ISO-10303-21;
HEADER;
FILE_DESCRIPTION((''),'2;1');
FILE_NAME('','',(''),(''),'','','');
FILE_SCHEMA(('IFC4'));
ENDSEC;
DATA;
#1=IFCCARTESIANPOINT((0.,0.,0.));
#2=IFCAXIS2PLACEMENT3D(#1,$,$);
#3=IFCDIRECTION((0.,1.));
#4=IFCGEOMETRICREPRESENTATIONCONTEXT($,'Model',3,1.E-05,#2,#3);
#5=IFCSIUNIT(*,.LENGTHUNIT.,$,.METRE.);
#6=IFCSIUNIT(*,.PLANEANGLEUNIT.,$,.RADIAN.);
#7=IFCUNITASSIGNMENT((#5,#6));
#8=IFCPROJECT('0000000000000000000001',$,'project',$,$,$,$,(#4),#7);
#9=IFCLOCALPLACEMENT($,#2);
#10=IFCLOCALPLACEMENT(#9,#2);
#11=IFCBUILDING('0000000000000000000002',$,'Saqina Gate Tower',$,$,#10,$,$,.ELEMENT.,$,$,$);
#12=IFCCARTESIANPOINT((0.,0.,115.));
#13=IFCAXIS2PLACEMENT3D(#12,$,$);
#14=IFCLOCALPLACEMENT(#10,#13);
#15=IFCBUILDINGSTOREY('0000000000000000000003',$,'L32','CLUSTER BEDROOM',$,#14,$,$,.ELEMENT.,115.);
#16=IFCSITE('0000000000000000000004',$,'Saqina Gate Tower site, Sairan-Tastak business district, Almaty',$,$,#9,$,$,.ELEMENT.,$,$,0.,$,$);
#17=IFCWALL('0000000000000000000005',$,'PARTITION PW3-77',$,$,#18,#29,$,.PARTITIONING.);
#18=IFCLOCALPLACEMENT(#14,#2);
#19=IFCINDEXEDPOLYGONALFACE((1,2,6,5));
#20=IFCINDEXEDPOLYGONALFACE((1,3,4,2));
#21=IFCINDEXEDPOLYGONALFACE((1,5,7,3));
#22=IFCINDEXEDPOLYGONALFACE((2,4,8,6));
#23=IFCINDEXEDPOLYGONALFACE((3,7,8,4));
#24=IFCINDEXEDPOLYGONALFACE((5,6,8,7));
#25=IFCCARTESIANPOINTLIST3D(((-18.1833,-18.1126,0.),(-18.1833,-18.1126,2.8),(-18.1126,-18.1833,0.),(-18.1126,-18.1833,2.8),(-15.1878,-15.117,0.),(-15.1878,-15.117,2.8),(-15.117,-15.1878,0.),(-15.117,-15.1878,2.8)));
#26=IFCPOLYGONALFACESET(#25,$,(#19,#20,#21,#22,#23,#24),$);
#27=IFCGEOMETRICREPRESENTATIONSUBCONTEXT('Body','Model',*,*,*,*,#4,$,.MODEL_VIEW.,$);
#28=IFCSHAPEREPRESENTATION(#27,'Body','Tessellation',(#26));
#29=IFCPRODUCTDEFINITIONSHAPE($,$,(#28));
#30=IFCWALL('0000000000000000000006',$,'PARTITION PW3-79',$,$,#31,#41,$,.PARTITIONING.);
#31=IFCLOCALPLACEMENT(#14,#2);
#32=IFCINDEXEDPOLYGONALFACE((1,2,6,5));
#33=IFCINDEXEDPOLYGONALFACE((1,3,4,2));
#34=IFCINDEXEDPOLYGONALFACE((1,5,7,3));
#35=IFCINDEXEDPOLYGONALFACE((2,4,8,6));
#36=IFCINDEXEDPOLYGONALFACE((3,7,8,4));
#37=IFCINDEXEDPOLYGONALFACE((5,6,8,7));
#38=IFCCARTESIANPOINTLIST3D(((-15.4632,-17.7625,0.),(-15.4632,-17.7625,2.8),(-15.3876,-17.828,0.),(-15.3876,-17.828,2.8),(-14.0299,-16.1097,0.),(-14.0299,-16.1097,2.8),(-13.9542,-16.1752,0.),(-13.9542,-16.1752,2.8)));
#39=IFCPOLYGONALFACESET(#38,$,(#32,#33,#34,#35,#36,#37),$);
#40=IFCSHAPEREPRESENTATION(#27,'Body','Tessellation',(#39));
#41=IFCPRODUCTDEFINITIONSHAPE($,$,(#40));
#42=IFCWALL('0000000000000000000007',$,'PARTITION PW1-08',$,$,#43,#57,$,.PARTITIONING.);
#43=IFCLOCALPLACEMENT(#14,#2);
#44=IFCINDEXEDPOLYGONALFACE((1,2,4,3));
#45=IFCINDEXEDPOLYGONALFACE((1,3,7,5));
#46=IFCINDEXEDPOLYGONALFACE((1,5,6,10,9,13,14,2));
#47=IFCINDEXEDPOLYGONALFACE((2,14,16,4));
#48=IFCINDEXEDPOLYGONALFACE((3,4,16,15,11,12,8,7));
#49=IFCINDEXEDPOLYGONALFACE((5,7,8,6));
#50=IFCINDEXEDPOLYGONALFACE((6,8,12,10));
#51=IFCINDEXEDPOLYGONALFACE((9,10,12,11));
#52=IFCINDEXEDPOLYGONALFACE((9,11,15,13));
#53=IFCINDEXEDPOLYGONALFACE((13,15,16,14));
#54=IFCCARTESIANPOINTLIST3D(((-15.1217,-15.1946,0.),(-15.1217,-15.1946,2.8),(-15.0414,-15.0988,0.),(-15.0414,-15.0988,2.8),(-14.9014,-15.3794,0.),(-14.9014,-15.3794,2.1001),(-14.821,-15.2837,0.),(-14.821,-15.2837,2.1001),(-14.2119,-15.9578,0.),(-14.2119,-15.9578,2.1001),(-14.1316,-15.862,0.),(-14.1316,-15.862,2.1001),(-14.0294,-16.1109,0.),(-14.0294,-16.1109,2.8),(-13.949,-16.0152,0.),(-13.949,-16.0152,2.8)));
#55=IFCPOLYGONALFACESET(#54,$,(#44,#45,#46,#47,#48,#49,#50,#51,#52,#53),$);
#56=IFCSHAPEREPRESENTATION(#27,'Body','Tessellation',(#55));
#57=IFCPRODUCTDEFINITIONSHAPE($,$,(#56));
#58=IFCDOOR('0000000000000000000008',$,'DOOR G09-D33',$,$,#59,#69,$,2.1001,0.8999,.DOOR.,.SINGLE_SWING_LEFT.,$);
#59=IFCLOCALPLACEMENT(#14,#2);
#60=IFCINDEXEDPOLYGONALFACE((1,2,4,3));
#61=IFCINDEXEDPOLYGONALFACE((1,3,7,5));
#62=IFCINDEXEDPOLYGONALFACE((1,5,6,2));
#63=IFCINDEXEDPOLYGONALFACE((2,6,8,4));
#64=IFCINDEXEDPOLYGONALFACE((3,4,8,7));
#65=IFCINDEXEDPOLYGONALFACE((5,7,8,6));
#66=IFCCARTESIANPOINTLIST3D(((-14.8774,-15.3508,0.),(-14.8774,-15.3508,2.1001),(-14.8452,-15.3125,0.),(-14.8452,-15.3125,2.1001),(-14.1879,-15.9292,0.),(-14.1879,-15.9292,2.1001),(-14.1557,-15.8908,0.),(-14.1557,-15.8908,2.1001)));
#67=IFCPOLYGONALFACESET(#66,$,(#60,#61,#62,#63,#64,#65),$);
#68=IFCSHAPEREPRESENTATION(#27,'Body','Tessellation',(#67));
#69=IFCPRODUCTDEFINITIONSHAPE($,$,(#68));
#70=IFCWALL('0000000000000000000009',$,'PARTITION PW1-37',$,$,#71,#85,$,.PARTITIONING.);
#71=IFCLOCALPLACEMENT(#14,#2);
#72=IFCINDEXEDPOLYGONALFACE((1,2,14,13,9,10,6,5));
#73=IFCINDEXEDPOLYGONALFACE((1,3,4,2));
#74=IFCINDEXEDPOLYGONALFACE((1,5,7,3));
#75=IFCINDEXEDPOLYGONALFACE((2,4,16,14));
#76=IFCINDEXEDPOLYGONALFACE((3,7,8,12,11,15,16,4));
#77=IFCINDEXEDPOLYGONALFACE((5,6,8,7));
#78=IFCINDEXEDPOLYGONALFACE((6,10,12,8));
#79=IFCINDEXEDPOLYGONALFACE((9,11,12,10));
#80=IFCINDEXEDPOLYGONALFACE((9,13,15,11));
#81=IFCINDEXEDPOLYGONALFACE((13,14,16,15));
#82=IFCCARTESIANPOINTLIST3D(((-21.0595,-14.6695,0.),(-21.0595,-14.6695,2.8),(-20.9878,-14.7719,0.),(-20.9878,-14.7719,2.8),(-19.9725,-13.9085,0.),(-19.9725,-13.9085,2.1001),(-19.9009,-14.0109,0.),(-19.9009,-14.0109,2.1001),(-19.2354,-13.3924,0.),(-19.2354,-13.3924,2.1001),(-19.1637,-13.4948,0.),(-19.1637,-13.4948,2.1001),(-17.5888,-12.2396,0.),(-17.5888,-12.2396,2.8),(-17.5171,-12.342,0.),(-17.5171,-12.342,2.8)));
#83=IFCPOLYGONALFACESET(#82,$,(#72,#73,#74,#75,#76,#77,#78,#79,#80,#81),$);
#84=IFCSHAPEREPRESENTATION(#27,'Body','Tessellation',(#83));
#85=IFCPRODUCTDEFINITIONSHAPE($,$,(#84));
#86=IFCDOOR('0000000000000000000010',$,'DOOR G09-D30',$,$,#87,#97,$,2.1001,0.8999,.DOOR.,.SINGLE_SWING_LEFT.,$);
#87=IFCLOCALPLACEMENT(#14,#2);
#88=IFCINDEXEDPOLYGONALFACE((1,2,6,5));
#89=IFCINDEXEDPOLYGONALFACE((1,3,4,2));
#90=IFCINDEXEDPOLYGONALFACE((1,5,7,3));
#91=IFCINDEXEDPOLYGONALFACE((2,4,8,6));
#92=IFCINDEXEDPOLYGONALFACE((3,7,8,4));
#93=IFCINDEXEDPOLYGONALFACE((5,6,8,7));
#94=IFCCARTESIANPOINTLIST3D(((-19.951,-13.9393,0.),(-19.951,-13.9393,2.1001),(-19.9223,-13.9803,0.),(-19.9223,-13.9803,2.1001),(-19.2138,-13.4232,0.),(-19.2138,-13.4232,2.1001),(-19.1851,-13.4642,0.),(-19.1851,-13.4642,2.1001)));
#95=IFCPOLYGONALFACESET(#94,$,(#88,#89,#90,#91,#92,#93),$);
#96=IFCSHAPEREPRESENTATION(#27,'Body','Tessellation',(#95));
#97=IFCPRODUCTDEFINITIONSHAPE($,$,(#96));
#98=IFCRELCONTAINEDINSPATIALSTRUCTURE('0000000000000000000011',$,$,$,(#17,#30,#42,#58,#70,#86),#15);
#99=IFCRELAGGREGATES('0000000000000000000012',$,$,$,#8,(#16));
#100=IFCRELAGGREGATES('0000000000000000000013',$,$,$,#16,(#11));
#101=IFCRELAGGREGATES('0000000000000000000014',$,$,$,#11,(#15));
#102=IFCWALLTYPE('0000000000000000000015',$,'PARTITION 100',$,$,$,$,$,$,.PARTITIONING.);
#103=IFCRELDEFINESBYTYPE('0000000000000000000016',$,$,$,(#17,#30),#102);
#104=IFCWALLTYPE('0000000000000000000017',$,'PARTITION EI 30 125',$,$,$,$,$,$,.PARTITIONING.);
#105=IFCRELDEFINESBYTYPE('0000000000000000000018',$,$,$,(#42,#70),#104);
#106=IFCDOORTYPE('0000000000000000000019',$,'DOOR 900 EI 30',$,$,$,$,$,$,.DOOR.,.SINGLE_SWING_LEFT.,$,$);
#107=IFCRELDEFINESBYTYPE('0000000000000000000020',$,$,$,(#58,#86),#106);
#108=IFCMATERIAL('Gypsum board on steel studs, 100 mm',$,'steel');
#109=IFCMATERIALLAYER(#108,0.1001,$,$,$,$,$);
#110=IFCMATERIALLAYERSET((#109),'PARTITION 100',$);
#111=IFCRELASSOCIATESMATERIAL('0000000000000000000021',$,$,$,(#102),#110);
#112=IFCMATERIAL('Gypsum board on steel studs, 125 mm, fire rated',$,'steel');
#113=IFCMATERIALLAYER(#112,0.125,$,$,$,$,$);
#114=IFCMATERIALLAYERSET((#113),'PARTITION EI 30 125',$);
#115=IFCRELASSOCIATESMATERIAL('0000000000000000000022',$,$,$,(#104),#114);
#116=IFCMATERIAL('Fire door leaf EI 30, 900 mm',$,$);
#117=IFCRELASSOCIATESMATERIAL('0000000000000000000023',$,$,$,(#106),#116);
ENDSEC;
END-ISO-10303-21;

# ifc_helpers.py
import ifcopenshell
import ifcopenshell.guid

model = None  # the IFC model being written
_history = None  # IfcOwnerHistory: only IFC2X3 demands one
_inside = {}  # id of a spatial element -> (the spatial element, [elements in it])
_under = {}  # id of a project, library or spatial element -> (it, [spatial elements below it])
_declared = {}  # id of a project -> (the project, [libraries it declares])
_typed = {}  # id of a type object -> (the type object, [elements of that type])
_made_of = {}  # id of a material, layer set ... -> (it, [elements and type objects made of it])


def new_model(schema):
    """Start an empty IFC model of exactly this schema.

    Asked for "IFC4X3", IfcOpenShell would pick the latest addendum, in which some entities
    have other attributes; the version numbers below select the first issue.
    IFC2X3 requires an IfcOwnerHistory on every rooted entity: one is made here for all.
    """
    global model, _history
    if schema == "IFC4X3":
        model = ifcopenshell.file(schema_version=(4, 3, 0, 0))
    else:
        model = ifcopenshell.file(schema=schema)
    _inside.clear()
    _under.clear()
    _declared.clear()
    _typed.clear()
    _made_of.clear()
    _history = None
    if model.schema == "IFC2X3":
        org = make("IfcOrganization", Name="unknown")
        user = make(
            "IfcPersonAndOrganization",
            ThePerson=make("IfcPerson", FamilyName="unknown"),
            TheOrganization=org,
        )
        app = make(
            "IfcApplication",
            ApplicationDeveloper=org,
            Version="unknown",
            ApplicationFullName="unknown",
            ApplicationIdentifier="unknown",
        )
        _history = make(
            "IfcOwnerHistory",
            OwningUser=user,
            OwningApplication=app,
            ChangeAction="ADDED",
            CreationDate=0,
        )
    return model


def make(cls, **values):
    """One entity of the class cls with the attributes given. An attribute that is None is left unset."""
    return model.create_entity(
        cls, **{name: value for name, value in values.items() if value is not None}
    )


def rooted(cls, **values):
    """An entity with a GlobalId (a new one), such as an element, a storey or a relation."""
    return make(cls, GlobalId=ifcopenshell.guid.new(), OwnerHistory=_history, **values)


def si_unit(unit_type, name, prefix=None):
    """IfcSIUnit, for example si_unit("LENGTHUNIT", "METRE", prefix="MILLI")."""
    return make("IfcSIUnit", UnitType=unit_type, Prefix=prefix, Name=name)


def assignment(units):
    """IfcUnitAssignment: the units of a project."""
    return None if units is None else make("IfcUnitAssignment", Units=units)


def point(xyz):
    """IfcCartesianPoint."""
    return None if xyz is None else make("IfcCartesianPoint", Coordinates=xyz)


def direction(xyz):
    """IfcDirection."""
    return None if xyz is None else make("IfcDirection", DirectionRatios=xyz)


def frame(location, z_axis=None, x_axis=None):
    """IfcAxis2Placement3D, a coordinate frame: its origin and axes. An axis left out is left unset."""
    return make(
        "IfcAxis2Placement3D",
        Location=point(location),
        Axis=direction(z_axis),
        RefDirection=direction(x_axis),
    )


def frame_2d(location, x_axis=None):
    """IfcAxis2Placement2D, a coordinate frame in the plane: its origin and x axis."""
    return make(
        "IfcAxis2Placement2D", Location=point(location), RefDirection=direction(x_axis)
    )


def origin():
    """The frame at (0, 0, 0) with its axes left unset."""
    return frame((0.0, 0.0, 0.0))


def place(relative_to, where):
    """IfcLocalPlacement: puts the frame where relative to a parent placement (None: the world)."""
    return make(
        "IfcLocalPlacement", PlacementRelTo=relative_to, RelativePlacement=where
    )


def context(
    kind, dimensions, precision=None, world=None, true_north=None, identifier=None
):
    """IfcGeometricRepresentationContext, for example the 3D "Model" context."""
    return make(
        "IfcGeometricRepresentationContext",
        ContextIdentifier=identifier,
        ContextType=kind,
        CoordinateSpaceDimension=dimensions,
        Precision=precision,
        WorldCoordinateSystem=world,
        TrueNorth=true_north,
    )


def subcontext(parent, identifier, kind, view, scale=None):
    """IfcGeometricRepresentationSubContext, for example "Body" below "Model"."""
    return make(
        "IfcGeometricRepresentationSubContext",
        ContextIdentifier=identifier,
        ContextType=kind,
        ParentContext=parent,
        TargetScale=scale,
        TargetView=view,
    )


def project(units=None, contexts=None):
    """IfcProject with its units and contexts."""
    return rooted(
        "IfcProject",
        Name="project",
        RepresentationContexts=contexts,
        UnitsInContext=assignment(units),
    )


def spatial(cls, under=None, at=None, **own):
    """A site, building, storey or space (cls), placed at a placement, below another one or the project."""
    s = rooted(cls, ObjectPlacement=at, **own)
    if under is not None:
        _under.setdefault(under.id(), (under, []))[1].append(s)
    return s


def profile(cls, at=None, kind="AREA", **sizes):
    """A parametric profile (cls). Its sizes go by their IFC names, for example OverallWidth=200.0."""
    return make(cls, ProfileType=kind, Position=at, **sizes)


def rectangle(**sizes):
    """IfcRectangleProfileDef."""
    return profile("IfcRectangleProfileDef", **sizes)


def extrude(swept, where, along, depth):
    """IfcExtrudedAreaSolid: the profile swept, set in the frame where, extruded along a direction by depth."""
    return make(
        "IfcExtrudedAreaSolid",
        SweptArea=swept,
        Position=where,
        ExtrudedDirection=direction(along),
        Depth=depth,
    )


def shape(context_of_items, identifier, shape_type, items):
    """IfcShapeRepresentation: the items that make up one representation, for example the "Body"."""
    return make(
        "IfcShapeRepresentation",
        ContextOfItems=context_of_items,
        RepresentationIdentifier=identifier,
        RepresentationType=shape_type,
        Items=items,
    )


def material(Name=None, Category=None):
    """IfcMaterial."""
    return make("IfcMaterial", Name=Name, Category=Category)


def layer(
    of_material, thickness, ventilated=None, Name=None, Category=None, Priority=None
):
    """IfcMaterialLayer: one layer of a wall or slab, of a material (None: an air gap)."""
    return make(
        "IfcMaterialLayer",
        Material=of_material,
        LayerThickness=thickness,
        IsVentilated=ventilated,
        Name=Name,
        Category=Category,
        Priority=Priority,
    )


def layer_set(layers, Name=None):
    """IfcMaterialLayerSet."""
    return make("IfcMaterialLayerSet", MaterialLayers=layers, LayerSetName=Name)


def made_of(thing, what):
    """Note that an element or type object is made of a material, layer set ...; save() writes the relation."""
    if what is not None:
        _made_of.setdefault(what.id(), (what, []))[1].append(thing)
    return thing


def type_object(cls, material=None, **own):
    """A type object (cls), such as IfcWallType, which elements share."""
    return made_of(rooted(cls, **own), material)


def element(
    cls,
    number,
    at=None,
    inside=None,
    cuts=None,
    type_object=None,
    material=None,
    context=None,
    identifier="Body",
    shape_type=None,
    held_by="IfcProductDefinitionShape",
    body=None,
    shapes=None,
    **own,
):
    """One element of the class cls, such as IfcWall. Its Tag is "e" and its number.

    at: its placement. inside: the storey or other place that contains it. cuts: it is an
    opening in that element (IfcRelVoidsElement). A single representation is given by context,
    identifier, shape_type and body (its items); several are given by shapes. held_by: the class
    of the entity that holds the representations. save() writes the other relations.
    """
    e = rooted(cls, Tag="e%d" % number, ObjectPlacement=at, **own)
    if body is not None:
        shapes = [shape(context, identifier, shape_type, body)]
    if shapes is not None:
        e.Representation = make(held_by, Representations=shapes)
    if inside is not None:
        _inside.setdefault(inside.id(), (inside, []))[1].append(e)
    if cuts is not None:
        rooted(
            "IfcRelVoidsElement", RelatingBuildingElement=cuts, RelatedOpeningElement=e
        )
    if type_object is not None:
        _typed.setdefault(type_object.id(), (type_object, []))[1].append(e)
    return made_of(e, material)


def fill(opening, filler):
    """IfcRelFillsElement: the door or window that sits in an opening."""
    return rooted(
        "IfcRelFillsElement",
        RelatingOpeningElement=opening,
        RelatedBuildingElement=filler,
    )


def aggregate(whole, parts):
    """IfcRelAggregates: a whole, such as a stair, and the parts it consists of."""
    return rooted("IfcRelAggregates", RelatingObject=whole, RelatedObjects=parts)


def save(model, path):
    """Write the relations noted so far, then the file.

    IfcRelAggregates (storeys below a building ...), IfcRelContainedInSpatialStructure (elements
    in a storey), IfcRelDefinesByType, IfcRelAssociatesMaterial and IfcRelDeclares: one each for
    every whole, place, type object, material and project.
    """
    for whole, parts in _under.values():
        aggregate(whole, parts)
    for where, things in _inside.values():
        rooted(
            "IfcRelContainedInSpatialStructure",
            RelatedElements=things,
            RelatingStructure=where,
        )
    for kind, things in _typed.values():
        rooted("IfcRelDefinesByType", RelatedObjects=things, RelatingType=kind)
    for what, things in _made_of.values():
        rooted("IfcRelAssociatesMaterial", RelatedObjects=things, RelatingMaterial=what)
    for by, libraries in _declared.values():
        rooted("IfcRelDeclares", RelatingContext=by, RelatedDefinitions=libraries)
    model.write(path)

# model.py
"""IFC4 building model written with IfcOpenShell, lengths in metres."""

from ifc_helpers import new_model, si_unit, direction, frame, frame_2d, origin, place, context, subcontext, project, spatial, rectangle, extrude, material, layer, layer_set, type_object, element, fill, save


model = new_model("IFC4")

# Units and contexts
model_context = context("Model", 3, precision=1e-05, world=origin(), true_north=direction((0.0, 1.0)))
body_context = subcontext(model_context, "Body", "Model", "MODEL_VIEW")
ifc_project = project(units=[si_unit("LENGTHUNIT", "METRE"), si_unit("PLANEANGLEUNIT", "RADIAN")], contexts=[model_context])

# Site, building, storey
site_placement = place(None, origin())
site = spatial("IfcSite", under=ifc_project, at=site_placement, Name="Saqina Gate Tower site, Sairan-Tastak business district, Almaty", CompositionType="ELEMENT", RefElevation=0.0)
building_placement = place(site_placement, origin())
building = spatial("IfcBuilding", under=site, at=building_placement, Name="Saqina Gate Tower", CompositionType="ELEMENT")
storey_placement = place(building_placement, frame((0.0, 0.0, 115.0)))
storey = spatial("IfcBuildingStorey", under=building, at=storey_placement, Name="L32", Description="CLUSTER BEDROOM", CompositionType="ELEMENT", Elevation=115.0)

# Shared definitions
ifc_material_1 = material(Name="Gypsum board on steel studs, 100 mm", Category="steel")
ifc_layer_1 = layer(ifc_material_1, 0.1001)
ifc_layer_set_1 = layer_set([ifc_layer_1], Name="PARTITION 100")
wall_type_1 = type_object("IfcWallType", Name="PARTITION 100", PredefinedType="PARTITIONING", material=ifc_layer_set_1)

# Walls
wall_1_placement = place(storey_placement, frame((-18.1479, -18.1479, 0.0), z_axis=(0.0, 0.0, 1.0), x_axis=(0.707107, 0.707107, 0.0)))
element("IfcWall", 1, at=wall_1_placement, inside=storey, type_object=wall_type_1, Name="PARTITION PW3-77", PredefinedType="PARTITIONING", context=body_context, shape_type="SweptSolid", body=[
    extrude(rectangle(XDim=4.2363, YDim=0.1001, at=frame_2d((2.1182, 0.0))), origin(), (0.0, 0.0, 1.0), 2.8),
])
wall_2_placement = place(storey_placement, frame((-15.4253, -17.7952, 0.0), z_axis=(0.0, 0.0, 1.0), x_axis=(0.655164, 0.755487, 0.0)))
element("IfcWall", 2, at=wall_2_placement, inside=storey, type_object=wall_type_1, Name="PARTITION PW3-79", PredefinedType="PARTITIONING", context=body_context, shape_type="SweptSolid", body=[
    extrude(rectangle(XDim=2.1877, YDim=0.1001, at=frame_2d((1.0938, 0.0))), origin(), (0.0, 0.0, 1.0), 2.8),
])

# Walls, openings, doors
ifc_material_2 = material(Name="Gypsum board on steel studs, 125 mm, fire rated", Category="steel")
ifc_layer_2 = layer(ifc_material_2, 0.125)
ifc_layer_set_2 = layer_set([ifc_layer_2], Name="PARTITION EI 30 125")
wall_type_2 = type_object("IfcWallType", Name="PARTITION EI 30 125", PredefinedType="PARTITIONING", material=ifc_layer_set_2)
wall_3_placement = place(storey_placement, frame((-15.0815, -15.1467, 0.0), z_axis=(0.0, 0.0, 1.0), x_axis=(0.76614, -0.642674, 0.0)))
wall_3 = element("IfcWall", 3, at=wall_3_placement, inside=storey, type_object=wall_type_2, Name="PARTITION PW1-08", PredefinedType="PARTITIONING", context=body_context, shape_type="SweptSolid", body=[
    extrude(rectangle(XDim=1.4258, YDim=0.125, at=frame_2d((0.7129, 0.0))), origin(), (0.0, 0.0, 1.0), 2.8),
])
opening_1_placement = place(wall_3_placement, frame((0.2876, 0.0, 0.0)))
opening_1 = element("IfcOpeningElement", 4, at=opening_1_placement, cuts=wall_3, PredefinedType="OPENING", context=body_context, shape_type="SweptSolid", body=[
    extrude(rectangle(XDim=0.8999, YDim=2.1001, at=frame_2d((0.45, 1.05))), frame((0.0, 0.0745, 0.0), z_axis=(0.0, -1.0, 0.0), x_axis=(1.0, 0.0, 0.0)), (0.0, 0.0, 1.0), 0.1489),
])
ifc_material_3 = material(Name="Fire door leaf EI 30, 900 mm")
door_type_1 = type_object("IfcDoorType", Name="DOOR 900 EI 30", OperationType="SINGLE_SWING_LEFT", PredefinedType="DOOR", material=ifc_material_3)
door_1_placement = place(opening_1_placement, origin())
door_1 = element("IfcDoor", 5, at=door_1_placement, inside=storey, type_object=door_type_1, Name="DOOR G09-D33", OperationType="SINGLE_SWING_LEFT", OverallHeight=2.1001, OverallWidth=0.8999, PredefinedType="DOOR", context=body_context, shape_type="SweptSolid", body=[
    extrude(rectangle(XDim=0.8999, YDim=2.1001, at=frame_2d((0.45, 1.05))), frame((0.0, 0.0249, 0.0), z_axis=(0.0, -1.0, 0.0), x_axis=(1.0, 0.0, 0.0)), (0.0, 0.0, 1.0), 0.05),
])
fill(opening_1, door_1)
wall_4_placement = place(storey_placement, frame((-21.0237, -14.7207, 0.0), z_axis=(0.0, 0.0, 1.0), x_axis=(0.819183, 0.573532, 0.0)))
wall_4 = element("IfcWall", 6, at=wall_4_placement, inside=storey, type_object=wall_type_2, Name="PARTITION PW1-37", PredefinedType="PARTITIONING", context=body_context, shape_type="SweptSolid", body=[
    extrude(rectangle(XDim=4.2368, YDim=0.125, at=frame_2d((2.1184, 0.0))), origin(), (0.0, 0.0, 1.0), 2.8),
])
opening_2_placement = place(wall_4_placement, frame((1.3269, 0.0, 0.0)))
opening_2 = element("IfcOpeningElement", 7, at=opening_2_placement, cuts=wall_4, PredefinedType="OPENING", context=body_context, shape_type="SweptSolid", body=[
    extrude(rectangle(XDim=0.8999, YDim=2.1001, at=frame_2d((0.45, 1.05))), frame((0.0, 0.0745, 0.0), z_axis=(0.0, -1.0, 0.0), x_axis=(1.0, 0.0, 0.0)), (0.0, 0.0, 1.0), 0.1489),
])
door_2_placement = place(opening_2_placement, origin())
door_2 = element("IfcDoor", 8, at=door_2_placement, inside=storey, type_object=door_type_1, Name="DOOR G09-D30", OperationType="SINGLE_SWING_LEFT", OverallHeight=2.1001, OverallWidth=0.8999, PredefinedType="DOOR", context=body_context, shape_type="SweptSolid", body=[
    extrude(rectangle(XDim=0.8999, YDim=2.1001, at=frame_2d((0.45, 1.05))), frame((0.0, 0.0249, 0.0), z_axis=(0.0, -1.0, 0.0), x_axis=(1.0, 0.0, 0.0)), (0.0, 0.0, 1.0), 0.05),
])
fill(opening_2, door_2)

save(model, "model.ifc")
